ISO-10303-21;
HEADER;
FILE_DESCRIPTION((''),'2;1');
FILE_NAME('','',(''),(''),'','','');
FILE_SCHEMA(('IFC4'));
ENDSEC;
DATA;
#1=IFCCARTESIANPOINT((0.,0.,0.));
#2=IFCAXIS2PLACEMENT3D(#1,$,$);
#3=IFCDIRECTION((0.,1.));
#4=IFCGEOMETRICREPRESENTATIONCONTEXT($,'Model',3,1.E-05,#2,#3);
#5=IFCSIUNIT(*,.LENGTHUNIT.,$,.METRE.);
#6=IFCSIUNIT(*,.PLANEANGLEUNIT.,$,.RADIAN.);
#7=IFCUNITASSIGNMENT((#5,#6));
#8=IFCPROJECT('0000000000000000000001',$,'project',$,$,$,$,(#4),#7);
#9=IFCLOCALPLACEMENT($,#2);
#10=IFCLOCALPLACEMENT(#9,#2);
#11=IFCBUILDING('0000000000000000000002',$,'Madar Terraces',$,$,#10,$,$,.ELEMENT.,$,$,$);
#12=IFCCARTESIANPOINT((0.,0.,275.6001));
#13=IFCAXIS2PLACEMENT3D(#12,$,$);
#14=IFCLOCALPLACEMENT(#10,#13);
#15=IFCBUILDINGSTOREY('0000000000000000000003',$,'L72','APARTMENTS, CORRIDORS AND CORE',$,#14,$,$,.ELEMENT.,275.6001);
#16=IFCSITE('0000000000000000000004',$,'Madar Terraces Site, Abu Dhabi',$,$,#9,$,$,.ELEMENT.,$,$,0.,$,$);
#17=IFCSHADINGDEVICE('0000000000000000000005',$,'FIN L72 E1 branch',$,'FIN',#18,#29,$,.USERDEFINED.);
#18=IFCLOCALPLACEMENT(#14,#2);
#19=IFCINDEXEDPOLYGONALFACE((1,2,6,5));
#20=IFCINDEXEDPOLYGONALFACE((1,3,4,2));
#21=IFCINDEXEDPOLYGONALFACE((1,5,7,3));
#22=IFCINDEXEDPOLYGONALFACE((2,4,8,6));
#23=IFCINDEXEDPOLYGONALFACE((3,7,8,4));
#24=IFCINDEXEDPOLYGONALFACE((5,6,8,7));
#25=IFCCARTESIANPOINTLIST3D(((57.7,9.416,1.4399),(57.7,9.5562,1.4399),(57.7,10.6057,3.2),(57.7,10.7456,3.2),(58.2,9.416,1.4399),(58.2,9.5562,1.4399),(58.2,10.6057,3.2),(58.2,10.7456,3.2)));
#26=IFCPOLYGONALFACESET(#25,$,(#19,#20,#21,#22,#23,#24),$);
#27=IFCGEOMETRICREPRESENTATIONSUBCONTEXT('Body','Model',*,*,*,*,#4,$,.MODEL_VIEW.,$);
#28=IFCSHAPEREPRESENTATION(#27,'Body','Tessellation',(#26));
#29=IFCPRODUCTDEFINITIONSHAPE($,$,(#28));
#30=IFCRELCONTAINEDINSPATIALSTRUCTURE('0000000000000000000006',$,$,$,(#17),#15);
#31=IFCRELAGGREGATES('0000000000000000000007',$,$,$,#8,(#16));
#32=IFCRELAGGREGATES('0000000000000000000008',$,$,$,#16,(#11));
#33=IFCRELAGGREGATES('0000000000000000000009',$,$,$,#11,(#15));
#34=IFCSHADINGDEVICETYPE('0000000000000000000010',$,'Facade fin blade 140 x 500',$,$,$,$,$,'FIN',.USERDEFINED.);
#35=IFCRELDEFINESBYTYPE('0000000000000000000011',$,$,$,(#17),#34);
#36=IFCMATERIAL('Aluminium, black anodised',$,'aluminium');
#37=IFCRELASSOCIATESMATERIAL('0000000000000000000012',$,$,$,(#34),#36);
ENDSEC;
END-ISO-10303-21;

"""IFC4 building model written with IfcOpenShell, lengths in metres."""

from ifc_helpers import new_model, si_unit, direction, frame, origin, place, context, subcontext, project, spatial, polyline, outline, extrude, material, type_object, element, save


model = new_model("IFC4")

# Units and contexts
model_context = context("Model", 3, precision=1e-05, world=origin(), true_north=direction((0.0, 1.0)))
body_context = subcontext(model_context, "Body", "Model", "MODEL_VIEW")
ifc_project = project(units=[si_unit("LENGTHUNIT", "METRE"), si_unit("PLANEANGLEUNIT", "RADIAN")], contexts=[model_context])

# Site, building, storey
site_placement = place(None, origin())
site = spatial("IfcSite", under=ifc_project, at=site_placement, Name="Madar Terraces Site, Abu Dhabi", CompositionType="ELEMENT", RefElevation=0.0)
building_placement = place(site_placement, origin())
building = spatial("IfcBuilding", under=site, at=building_placement, Name="Madar Terraces", CompositionType="ELEMENT")
storey_placement = place(building_placement, frame((0.0, 0.0, 275.6001)))
storey = spatial("IfcBuildingStorey", under=building, at=storey_placement, Name="L72", Description="APARTMENTS, CORRIDORS AND CORE", CompositionType="ELEMENT", Elevation=275.6001)

# Shading device
ifc_material_1 = material(Name="Aluminium, black anodised", Category="aluminium")
shading_device_type = type_object("IfcShadingDeviceType", Name="Facade fin blade 140 x 500", ElementType="FIN", PredefinedType="USERDEFINED", material=ifc_material_1)
shading_device_1_placement = place(storey_placement, frame((57.95, 9.416, 1.4399), z_axis=(0.0, 0.0, 1.0), x_axis=(0.0, 1.0, 0.0)))
element("IfcShadingDevice", 1, at=shading_device_1_placement, inside=storey, type_object=shading_device_type, Name="FIN L72 E1 branch", ObjectType="FIN", PredefinedType="USERDEFINED", context=body_context, shape_type="SweptSolid", body=[
    extrude(outline(polyline([(0.0, 0.0), (0.1401, 0.0), (1.3296, 1.76), (1.1897, 1.76), (0.0, 0.0)])), frame((0.0, 0.25, 0.0), z_axis=(0.0, -1.0, 0.0), x_axis=(1.0, 0.0, 0.0)), (0.0, 0.0, 1.0), 0.5),
])

save(model, "model.ifc")
